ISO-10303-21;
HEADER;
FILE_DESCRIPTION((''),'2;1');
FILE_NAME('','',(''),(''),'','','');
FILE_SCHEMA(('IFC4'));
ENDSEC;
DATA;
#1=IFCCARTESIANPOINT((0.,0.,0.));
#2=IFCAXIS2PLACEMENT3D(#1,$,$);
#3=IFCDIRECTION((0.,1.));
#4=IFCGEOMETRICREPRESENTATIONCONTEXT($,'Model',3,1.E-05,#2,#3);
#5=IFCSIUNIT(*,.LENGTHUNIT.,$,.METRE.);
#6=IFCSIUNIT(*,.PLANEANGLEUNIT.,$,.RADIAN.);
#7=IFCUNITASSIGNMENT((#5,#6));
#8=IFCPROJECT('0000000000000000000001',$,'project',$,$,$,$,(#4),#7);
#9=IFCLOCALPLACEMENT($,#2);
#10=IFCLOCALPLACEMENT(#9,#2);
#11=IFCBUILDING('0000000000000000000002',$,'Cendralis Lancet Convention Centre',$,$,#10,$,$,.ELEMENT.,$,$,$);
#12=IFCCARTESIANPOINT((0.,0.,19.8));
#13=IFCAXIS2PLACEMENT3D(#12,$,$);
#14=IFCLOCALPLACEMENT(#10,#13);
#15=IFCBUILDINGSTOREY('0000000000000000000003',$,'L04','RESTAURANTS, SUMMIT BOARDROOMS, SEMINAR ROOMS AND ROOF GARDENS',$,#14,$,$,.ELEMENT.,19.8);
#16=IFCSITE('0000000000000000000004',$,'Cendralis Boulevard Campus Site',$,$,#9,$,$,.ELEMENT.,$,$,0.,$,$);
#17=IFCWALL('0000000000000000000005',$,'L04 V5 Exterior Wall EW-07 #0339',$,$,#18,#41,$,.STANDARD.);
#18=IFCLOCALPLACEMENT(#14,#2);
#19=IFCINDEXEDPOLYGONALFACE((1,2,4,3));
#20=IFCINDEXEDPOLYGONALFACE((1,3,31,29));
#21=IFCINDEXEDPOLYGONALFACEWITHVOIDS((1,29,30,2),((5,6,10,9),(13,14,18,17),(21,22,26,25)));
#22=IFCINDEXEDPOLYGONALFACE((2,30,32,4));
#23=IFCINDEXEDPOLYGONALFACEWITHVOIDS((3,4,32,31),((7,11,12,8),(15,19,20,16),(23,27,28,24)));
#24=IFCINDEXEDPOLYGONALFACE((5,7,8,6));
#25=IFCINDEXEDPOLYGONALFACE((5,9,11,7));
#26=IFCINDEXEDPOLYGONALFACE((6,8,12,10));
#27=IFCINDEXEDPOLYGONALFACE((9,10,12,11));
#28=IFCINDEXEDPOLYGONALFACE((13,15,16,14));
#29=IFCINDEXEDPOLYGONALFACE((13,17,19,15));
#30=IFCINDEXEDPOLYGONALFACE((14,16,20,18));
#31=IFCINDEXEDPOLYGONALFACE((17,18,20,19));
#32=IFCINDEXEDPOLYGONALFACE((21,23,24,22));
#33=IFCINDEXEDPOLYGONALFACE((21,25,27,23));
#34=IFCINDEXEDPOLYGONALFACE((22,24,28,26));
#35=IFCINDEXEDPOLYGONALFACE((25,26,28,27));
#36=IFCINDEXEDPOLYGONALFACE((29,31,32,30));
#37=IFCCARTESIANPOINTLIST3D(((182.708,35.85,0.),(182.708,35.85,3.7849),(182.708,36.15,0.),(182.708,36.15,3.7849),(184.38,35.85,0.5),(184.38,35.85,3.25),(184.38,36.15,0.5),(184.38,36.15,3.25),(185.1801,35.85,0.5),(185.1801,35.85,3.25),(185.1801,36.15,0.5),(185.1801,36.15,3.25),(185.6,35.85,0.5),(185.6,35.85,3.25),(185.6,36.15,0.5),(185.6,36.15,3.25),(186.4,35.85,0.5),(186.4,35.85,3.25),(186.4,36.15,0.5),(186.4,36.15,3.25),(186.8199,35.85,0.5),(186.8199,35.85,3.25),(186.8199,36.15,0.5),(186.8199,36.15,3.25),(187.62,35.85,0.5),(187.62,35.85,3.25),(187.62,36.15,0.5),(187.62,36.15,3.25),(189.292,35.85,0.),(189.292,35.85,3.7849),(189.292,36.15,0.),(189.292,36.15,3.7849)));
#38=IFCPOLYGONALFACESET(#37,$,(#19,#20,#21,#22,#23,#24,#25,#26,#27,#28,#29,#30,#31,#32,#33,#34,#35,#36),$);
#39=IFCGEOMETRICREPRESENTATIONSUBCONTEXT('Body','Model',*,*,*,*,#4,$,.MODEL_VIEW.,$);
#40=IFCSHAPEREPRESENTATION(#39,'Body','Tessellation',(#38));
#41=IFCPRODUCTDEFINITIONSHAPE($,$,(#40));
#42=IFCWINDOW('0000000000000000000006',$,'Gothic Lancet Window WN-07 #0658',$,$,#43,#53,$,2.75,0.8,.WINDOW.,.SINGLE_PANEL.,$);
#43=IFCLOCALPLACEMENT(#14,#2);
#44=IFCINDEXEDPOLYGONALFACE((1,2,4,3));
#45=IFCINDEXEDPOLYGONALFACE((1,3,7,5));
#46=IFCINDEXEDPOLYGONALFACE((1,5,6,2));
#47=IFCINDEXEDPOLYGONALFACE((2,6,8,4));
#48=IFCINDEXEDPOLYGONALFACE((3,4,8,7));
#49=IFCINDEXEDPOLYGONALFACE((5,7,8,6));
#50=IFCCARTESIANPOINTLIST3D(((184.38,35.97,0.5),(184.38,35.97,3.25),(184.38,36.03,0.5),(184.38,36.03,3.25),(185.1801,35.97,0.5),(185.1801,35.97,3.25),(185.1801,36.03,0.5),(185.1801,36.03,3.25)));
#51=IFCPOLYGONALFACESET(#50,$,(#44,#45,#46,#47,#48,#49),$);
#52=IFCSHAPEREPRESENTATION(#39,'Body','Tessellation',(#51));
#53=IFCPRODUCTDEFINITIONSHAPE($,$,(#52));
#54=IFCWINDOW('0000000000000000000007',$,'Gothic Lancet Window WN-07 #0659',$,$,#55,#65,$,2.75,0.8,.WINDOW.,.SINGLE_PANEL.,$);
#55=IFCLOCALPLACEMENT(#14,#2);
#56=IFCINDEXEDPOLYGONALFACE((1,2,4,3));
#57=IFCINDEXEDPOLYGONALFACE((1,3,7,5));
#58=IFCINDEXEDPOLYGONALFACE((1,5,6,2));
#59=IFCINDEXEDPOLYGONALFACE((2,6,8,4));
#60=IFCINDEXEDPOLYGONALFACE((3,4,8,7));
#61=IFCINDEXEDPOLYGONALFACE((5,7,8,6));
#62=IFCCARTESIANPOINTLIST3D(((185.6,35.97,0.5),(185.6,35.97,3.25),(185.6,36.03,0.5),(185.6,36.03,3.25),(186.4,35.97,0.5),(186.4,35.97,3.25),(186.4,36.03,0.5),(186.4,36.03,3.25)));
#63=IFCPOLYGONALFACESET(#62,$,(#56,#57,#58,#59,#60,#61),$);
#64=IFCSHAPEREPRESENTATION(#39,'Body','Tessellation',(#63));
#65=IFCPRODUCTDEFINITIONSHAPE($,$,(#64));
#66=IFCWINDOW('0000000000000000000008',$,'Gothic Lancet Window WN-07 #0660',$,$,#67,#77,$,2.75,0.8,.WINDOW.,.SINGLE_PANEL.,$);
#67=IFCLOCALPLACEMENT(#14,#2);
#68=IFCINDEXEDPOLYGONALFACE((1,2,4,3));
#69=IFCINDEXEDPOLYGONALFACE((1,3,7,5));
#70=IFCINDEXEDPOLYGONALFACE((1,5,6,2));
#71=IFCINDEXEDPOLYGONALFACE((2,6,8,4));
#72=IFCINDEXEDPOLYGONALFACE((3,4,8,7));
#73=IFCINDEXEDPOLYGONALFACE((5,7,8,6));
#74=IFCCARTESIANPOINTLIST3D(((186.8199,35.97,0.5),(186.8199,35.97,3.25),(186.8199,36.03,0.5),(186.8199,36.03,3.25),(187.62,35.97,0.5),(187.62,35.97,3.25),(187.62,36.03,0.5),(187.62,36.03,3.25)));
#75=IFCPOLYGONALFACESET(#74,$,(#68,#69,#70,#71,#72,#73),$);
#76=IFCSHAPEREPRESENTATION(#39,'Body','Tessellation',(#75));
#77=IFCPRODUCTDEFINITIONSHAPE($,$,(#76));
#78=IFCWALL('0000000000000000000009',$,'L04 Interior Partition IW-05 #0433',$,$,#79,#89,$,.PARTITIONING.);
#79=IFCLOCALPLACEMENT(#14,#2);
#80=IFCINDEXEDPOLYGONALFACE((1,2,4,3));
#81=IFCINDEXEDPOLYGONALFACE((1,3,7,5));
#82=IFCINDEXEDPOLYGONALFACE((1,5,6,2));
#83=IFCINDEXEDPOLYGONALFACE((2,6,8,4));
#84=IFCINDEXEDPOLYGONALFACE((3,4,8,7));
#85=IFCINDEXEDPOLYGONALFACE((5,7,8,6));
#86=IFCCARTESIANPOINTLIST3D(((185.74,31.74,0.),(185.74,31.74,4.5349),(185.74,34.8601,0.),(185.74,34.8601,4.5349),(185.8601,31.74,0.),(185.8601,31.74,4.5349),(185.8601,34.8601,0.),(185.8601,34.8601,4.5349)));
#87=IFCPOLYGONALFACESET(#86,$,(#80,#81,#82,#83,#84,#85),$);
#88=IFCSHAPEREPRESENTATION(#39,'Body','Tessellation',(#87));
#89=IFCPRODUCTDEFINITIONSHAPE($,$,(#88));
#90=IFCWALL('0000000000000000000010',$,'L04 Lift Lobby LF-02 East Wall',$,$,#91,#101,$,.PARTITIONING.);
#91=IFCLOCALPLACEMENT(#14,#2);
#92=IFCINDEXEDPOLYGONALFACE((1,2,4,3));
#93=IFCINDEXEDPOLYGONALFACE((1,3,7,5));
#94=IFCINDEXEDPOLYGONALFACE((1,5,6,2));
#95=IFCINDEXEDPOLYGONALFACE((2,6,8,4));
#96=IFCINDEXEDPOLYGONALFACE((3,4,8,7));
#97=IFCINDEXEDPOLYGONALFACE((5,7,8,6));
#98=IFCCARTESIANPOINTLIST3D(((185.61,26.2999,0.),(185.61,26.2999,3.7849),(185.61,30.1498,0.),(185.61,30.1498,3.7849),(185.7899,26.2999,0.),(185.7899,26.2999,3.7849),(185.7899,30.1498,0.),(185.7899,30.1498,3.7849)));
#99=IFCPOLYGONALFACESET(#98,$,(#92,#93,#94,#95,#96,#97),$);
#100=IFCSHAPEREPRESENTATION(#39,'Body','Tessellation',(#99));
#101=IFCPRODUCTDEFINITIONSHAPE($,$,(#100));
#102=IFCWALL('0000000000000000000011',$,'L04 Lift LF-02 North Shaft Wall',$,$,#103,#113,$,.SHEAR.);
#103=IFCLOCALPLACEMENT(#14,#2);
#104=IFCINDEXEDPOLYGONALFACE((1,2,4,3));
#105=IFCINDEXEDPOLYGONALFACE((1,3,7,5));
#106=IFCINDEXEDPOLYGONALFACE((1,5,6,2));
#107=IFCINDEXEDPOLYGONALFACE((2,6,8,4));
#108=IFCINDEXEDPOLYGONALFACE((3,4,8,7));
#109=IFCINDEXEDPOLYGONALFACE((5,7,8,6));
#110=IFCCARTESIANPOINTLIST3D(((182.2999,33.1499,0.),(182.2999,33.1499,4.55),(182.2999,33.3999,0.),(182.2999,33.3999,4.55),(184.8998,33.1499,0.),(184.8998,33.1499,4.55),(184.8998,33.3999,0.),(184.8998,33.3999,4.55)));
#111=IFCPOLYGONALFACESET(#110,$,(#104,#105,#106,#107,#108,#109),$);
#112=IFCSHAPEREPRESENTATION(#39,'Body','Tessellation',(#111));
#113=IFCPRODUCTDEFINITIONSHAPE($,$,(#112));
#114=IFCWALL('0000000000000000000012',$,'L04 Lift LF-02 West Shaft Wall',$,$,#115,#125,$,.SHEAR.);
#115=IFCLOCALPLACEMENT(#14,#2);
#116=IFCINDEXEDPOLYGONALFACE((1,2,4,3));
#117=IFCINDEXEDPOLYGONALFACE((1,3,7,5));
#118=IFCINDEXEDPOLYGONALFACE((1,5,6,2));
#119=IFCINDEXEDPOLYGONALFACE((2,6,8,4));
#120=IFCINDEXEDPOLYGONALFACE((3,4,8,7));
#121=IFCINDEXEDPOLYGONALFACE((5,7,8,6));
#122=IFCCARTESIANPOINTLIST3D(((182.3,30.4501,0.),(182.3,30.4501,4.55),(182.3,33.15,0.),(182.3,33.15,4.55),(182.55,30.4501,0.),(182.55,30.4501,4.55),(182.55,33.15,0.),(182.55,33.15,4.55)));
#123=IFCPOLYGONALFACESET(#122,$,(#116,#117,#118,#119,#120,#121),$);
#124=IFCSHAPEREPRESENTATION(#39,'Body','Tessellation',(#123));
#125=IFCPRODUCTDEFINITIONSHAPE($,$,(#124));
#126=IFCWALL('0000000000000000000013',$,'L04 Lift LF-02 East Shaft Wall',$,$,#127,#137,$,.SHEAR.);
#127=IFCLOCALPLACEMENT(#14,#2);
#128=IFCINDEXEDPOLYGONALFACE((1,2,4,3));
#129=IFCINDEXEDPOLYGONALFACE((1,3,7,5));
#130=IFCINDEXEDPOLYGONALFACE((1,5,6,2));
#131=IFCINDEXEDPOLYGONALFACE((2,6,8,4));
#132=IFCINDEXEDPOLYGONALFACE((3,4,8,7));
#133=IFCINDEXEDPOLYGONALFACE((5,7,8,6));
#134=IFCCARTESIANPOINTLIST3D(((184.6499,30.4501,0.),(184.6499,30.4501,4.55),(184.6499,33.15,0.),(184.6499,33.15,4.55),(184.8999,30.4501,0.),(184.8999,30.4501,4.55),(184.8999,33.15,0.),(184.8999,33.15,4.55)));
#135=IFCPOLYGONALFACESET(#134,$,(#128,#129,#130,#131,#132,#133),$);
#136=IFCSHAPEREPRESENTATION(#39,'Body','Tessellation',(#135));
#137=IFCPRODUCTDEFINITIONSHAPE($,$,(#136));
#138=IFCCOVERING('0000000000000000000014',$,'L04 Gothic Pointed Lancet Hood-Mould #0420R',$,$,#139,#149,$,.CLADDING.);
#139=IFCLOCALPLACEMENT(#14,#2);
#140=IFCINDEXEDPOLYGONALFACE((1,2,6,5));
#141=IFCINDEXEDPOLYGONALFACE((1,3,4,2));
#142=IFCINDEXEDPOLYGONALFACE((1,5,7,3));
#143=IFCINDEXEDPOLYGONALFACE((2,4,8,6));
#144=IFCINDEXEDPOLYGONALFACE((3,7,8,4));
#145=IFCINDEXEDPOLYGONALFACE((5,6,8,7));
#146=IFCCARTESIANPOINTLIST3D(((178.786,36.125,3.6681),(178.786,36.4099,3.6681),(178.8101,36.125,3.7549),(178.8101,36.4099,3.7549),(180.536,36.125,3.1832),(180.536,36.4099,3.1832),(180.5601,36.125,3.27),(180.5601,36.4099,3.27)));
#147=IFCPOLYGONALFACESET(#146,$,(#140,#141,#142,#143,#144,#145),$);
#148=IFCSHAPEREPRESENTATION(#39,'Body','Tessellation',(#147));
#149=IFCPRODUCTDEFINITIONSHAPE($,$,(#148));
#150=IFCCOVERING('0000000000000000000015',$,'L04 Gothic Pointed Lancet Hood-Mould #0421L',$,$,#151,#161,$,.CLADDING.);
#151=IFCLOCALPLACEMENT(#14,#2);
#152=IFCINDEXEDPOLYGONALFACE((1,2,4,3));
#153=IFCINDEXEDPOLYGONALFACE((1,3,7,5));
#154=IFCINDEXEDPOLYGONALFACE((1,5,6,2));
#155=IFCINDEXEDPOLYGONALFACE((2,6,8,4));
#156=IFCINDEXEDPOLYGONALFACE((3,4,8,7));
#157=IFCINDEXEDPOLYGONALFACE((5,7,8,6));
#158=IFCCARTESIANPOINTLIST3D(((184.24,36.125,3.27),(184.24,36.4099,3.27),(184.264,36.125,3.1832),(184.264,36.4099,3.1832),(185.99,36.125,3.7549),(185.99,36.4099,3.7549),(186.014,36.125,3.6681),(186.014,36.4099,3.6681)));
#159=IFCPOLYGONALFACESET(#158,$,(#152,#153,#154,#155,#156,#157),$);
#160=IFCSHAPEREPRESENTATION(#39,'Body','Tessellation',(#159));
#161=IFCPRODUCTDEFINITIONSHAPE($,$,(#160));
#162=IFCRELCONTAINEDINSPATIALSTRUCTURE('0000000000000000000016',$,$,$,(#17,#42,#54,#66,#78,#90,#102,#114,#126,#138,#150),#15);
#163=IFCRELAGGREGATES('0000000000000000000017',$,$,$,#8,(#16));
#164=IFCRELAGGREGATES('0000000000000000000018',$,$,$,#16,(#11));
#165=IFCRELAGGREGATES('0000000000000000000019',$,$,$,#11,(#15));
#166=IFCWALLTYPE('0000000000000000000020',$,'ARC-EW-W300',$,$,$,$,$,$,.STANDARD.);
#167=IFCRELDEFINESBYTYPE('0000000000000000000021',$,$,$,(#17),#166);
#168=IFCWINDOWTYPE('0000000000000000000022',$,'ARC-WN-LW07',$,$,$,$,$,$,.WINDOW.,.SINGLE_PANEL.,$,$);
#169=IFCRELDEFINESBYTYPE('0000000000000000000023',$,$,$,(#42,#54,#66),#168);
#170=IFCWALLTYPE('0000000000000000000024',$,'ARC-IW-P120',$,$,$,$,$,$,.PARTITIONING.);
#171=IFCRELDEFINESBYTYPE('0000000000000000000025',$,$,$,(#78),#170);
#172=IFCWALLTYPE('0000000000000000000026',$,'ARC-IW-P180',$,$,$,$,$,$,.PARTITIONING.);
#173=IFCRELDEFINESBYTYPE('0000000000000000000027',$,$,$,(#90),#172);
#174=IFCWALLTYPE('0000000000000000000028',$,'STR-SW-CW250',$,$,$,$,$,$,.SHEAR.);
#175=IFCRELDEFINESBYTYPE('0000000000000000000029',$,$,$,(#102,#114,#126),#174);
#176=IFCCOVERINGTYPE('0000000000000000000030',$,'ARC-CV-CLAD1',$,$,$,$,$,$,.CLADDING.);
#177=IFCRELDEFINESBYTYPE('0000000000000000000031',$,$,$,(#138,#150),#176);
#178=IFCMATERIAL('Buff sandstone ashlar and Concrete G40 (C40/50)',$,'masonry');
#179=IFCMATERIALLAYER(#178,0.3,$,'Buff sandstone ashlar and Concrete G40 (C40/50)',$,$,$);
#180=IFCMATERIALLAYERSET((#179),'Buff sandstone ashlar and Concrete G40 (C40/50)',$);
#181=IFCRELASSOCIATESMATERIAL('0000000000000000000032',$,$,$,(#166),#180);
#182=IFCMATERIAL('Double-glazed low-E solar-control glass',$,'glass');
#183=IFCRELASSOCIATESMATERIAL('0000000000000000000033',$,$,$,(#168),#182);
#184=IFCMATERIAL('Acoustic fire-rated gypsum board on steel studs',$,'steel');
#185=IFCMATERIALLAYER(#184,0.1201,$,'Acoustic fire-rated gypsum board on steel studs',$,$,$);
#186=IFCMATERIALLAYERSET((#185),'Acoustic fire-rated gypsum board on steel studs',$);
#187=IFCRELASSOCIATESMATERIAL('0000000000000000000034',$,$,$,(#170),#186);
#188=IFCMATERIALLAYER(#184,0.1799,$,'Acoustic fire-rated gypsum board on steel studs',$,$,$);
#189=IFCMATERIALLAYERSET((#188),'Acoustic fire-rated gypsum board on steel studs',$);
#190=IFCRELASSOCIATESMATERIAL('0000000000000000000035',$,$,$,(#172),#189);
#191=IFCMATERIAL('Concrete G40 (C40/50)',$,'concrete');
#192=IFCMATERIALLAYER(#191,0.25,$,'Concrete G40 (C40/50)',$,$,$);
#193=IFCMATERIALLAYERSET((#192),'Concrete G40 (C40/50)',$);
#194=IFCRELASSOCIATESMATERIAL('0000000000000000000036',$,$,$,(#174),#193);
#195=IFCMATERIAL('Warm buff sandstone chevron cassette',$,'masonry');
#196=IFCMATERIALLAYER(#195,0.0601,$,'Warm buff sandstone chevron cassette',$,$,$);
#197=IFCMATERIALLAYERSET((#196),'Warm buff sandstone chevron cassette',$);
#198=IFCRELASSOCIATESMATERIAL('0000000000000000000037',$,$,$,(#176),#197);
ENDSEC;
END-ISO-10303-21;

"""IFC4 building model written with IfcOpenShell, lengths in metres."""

from ifc_helpers import new_model, si_unit, direction, frame, frame_2d, origin, place, context, subcontext, project, spatial, polyline, rectangle, outline, extrude, material, layer, layer_set, type_object, element, fill, save


model = new_model("IFC4")

# Units and contexts
model_context = context("Model", 3, precision=1e-05, world=origin(), true_north=direction((0.0, 1.0)))
body_context = subcontext(model_context, "Body", "Model", "MODEL_VIEW")
ifc_project = project(units=[si_unit("LENGTHUNIT", "METRE"), si_unit("PLANEANGLEUNIT", "RADIAN")], contexts=[model_context])

# Site, building, storey
site_placement = place(None, origin())
site = spatial("IfcSite", under=ifc_project, at=site_placement, Name="Cendralis Boulevard Campus Site", CompositionType="ELEMENT", RefElevation=0.0)
building_placement = place(site_placement, origin())
building = spatial("IfcBuilding", under=site, at=building_placement, Name="Cendralis Lancet Convention Centre", CompositionType="ELEMENT")
storey_placement = place(building_placement, frame((0.0, 0.0, 19.8)))
storey = spatial("IfcBuildingStorey", under=building, at=storey_placement, Name="L04", Description="RESTAURANTS, SUMMIT BOARDROOMS, SEMINAR ROOMS AND ROOF GARDENS", CompositionType="ELEMENT", Elevation=19.8)

# Shared definitions
ifc_material_1 = material(Name="Concrete G40 (C40/50)", Category="concrete")

# Wall, openings, windows
ifc_material_2 = material(Name="Buff sandstone ashlar and Concrete G40 (C40/50)", Category="masonry")
ifc_layer_1 = layer(ifc_material_2, 0.3, Name="Buff sandstone ashlar and Concrete G40 (C40/50)")
ifc_layer_set_1 = layer_set([ifc_layer_1], Name="Buff sandstone ashlar and Concrete G40 (C40/50)")
wall_type_1 = type_object("IfcWallType", Name="ARC-EW-W300", PredefinedType="STANDARD", material=ifc_layer_set_1)
wall_1_placement = place(storey_placement, frame((182.708, 36.0, 0.0), z_axis=(0.0, 0.0, 1.0), x_axis=(1.0, 0.0, 0.0)))
wall_1 = element("IfcWall", 1, at=wall_1_placement, inside=storey, type_object=wall_type_1, Name="L04 V5 Exterior Wall EW-07 #0339", PredefinedType="STANDARD", context=body_context, shape_type="SweptSolid", body=[
    extrude(rectangle(XDim=6.584, YDim=0.3, at=frame_2d((3.292, 0.0))), origin(), (0.0, 0.0, 1.0), 3.7849),
])
opening_1_placement = place(wall_1_placement, frame((1.6721, 0.0, 0.5)))
opening_1 = element("IfcOpeningElement", 2, at=opening_1_placement, cuts=wall_1, PredefinedType="OPENING", context=body_context, shape_type="SweptSolid", body=[
    extrude(rectangle(XDim=0.8, YDim=2.75, at=frame_2d((0.3999, 1.375))), frame((0.0, 0.1599, 0.0), z_axis=(0.0, -1.0, 0.0), x_axis=(1.0, 0.0, 0.0)), (0.0, 0.0, 1.0), 0.3201),
])
opening_2_placement = place(wall_1_placement, frame((2.8921, 0.0, 0.5)))
opening_2 = element("IfcOpeningElement", 3, at=opening_2_placement, cuts=wall_1, PredefinedType="OPENING", context=body_context, shape_type="SweptSolid", body=[
    extrude(rectangle(XDim=0.8, YDim=2.75, at=frame_2d((0.3999, 1.375))), frame((0.0, 0.1599, 0.0), z_axis=(0.0, -1.0, 0.0), x_axis=(1.0, 0.0, 0.0)), (0.0, 0.0, 1.0), 0.3201),
])
opening_3_placement = place(wall_1_placement, frame((4.1121, 0.0, 0.5)))
opening_3 = element("IfcOpeningElement", 4, at=opening_3_placement, cuts=wall_1, PredefinedType="OPENING", context=body_context, shape_type="SweptSolid", body=[
    extrude(rectangle(XDim=0.8, YDim=2.75, at=frame_2d((0.3999, 1.375))), frame((0.0, 0.1599, 0.0), z_axis=(0.0, -1.0, 0.0), x_axis=(1.0, 0.0, 0.0)), (0.0, 0.0, 1.0), 0.3201),
])
ifc_material_3 = material(Name="Double-glazed low-E solar-control glass", Category="glass")
window_type = type_object("IfcWindowType", Name="ARC-WN-LW07", PartitioningType="SINGLE_PANEL", PredefinedType="WINDOW", material=ifc_material_3)
window_1_placement = place(opening_1_placement, origin())
window_1 = element("IfcWindow", 5, at=window_1_placement, inside=storey, type_object=window_type, Name="Gothic Lancet Window WN-07 #0658", OverallHeight=2.75, OverallWidth=0.8, PartitioningType="SINGLE_PANEL", PredefinedType="WINDOW", context=body_context, shape_type="SweptSolid", body=[
    extrude(rectangle(XDim=0.8, YDim=2.75, at=frame_2d((0.3999, 1.375))), frame((0.0, 0.03, 0.0), z_axis=(0.0, -1.0, 0.0), x_axis=(1.0, 0.0, 0.0)), (0.0, 0.0, 1.0), 0.0601),
])
fill(opening_1, window_1)
window_2_placement = place(opening_2_placement, origin())
window_2 = element("IfcWindow", 6, at=window_2_placement, inside=storey, type_object=window_type, Name="Gothic Lancet Window WN-07 #0659", OverallHeight=2.75, OverallWidth=0.8, PartitioningType="SINGLE_PANEL", PredefinedType="WINDOW", context=body_context, shape_type="SweptSolid", body=[
    extrude(rectangle(XDim=0.8, YDim=2.75, at=frame_2d((0.3999, 1.375))), frame((0.0, 0.03, 0.0), z_axis=(0.0, -1.0, 0.0), x_axis=(1.0, 0.0, 0.0)), (0.0, 0.0, 1.0), 0.0601),
])
fill(opening_2, window_2)
window_3_placement = place(opening_3_placement, origin())
window_3 = element("IfcWindow", 7, at=window_3_placement, inside=storey, type_object=window_type, Name="Gothic Lancet Window WN-07 #0660", OverallHeight=2.75, OverallWidth=0.8, PartitioningType="SINGLE_PANEL", PredefinedType="WINDOW", context=body_context, shape_type="SweptSolid", body=[
    extrude(rectangle(XDim=0.8, YDim=2.75, at=frame_2d((0.3999, 1.375))), frame((0.0, 0.03, 0.0), z_axis=(0.0, -1.0, 0.0), x_axis=(1.0, 0.0, 0.0)), (0.0, 0.0, 1.0), 0.0601),
])
fill(opening_3, window_3)

# Shared definitions
ifc_material_4 = material(Name="Acoustic fire-rated gypsum board on steel studs", Category="steel")
ifc_layer_2 = layer(ifc_material_4, 0.1201, Name="Acoustic fire-rated gypsum board on steel studs")
ifc_layer_set_2 = layer_set([ifc_layer_2], Name="Acoustic fire-rated gypsum board on steel studs")
wall_type_2 = type_object("IfcWallType", Name="ARC-IW-P120", PredefinedType="PARTITIONING", material=ifc_layer_set_2)

# Walls
wall_2_placement = place(storey_placement, frame((185.8, 31.74, 0.0), z_axis=(0.0, 0.0, 1.0), x_axis=(0.0, 1.0, 0.0)))
element("IfcWall", 8, at=wall_2_placement, inside=storey, type_object=wall_type_2, Name="L04 Interior Partition IW-05 #0433", PredefinedType="PARTITIONING", context=body_context, shape_type="SweptSolid", body=[
    extrude(rectangle(XDim=3.1201, YDim=0.1201, at=frame_2d((1.5601, 0.0))), origin(), (0.0, 0.0, 1.0), 4.5349),
])
ifc_layer_3 = layer(ifc_material_4, 0.1799, Name="Acoustic fire-rated gypsum board on steel studs")
ifc_layer_set_3 = layer_set([ifc_layer_3], Name="Acoustic fire-rated gypsum board on steel studs")
wall_type_3 = type_object("IfcWallType", Name="ARC-IW-P180", PredefinedType="PARTITIONING", material=ifc_layer_set_3)
wall_3_placement = place(storey_placement, frame((185.7, 26.3, 0.0), z_axis=(0.0, 0.0, 1.0), x_axis=(0.0, 1.0, 0.0)))
element("IfcWall", 9, at=wall_3_placement, inside=storey, type_object=wall_type_3, Name="L04 Lift Lobby LF-02 East Wall", PredefinedType="PARTITIONING", context=body_context, shape_type="SweptSolid", body=[
    extrude(rectangle(XDim=3.8499, YDim=0.1799, at=frame_2d((1.9248, 0.0))), origin(), (0.0, 0.0, 1.0), 3.7849),
])

# Shared definitions
ifc_layer_4 = layer(ifc_material_1, 0.25, Name="Concrete G40 (C40/50)")
ifc_layer_set_4 = layer_set([ifc_layer_4], Name="Concrete G40 (C40/50)")
wall_type_4 = type_object("IfcWallType", Name="STR-SW-CW250", PredefinedType="SHEAR", material=ifc_layer_set_4)

# Walls
wall_4_placement = place(storey_placement, frame((182.3, 33.2749, 0.0), z_axis=(0.0, 0.0, 1.0), x_axis=(1.0, 0.0, 0.0)))
element("IfcWall", 10, at=wall_4_placement, inside=storey, type_object=wall_type_4, Name="L04 Lift LF-02 North Shaft Wall", PredefinedType="SHEAR", context=body_context, shape_type="SweptSolid", body=[
    extrude(rectangle(XDim=2.5999, YDim=0.25, at=frame_2d((1.2998, 0.0))), origin(), (0.0, 0.0, 1.0), 4.55),
])
for number, where, z_axis, x_axis, name in (
    (11, (182.425, 30.45, 0.0), (0.0, 0.0, 1.0), (0.0, 1.0, 0.0), "L04 Lift LF-02 West Shaft Wall"),
    (12, (184.7749, 30.45, 0.0), (0.0, 0.0, 1.0), (0.0, 1.0, 0.0), "L04 Lift LF-02 East Shaft Wall"),
):
    element("IfcWall", number, at=place(storey_placement, frame(where, z_axis=z_axis, x_axis=x_axis)), inside=storey, type_object=wall_type_4, Name=name, PredefinedType="SHEAR", context=body_context, shape_type="SweptSolid", body=[
        extrude(rectangle(XDim=2.7, YDim=0.25, at=frame_2d((1.3501, 0.0))), origin(), (0.0, 0.0, 1.0), 4.55),
    ])

# Coverings
ifc_material_5 = material(Name="Warm buff sandstone chevron cassette", Category="masonry")
ifc_layer_5 = layer(ifc_material_5, 0.0601, Name="Warm buff sandstone chevron cassette")
ifc_layer_set_5 = layer_set([ifc_layer_5], Name="Warm buff sandstone chevron cassette")
covering_type = type_object("IfcCoveringType", Name="ARC-CV-CLAD1", PredefinedType="CLADDING", material=ifc_layer_set_5)
for number, where, z_axis, x_axis, name in (
    (13, (178.8101, 36.4099, 3.7549), (0.267006, 0.0, 0.963695), (0.0, -1.0, 0.0), "L04 Gothic Pointed Lancet Hood-Mould #0420R"),
    (14, (184.24, 36.4099, 3.27), (-0.267006, 0.0, 0.963695), (0.0, -1.0, 0.0), "L04 Gothic Pointed Lancet Hood-Mould #0421L"),
):
    element("IfcCovering", number, at=place(storey_placement, frame(where, z_axis=z_axis, x_axis=x_axis)), inside=storey, type_object=covering_type, Name=name, PredefinedType="CLADDING", context=body_context, shape_type="SweptSolid", body=[
        extrude(outline(polyline([(0.0, 0.0), (0.2849, 0.0), (0.2849, 1.8159), (0.0, 1.8159), (0.0, 0.0)])), origin(), (0.0, 0.0, -1.0), 0.0901),
    ])

save(model, "model.ifc")
